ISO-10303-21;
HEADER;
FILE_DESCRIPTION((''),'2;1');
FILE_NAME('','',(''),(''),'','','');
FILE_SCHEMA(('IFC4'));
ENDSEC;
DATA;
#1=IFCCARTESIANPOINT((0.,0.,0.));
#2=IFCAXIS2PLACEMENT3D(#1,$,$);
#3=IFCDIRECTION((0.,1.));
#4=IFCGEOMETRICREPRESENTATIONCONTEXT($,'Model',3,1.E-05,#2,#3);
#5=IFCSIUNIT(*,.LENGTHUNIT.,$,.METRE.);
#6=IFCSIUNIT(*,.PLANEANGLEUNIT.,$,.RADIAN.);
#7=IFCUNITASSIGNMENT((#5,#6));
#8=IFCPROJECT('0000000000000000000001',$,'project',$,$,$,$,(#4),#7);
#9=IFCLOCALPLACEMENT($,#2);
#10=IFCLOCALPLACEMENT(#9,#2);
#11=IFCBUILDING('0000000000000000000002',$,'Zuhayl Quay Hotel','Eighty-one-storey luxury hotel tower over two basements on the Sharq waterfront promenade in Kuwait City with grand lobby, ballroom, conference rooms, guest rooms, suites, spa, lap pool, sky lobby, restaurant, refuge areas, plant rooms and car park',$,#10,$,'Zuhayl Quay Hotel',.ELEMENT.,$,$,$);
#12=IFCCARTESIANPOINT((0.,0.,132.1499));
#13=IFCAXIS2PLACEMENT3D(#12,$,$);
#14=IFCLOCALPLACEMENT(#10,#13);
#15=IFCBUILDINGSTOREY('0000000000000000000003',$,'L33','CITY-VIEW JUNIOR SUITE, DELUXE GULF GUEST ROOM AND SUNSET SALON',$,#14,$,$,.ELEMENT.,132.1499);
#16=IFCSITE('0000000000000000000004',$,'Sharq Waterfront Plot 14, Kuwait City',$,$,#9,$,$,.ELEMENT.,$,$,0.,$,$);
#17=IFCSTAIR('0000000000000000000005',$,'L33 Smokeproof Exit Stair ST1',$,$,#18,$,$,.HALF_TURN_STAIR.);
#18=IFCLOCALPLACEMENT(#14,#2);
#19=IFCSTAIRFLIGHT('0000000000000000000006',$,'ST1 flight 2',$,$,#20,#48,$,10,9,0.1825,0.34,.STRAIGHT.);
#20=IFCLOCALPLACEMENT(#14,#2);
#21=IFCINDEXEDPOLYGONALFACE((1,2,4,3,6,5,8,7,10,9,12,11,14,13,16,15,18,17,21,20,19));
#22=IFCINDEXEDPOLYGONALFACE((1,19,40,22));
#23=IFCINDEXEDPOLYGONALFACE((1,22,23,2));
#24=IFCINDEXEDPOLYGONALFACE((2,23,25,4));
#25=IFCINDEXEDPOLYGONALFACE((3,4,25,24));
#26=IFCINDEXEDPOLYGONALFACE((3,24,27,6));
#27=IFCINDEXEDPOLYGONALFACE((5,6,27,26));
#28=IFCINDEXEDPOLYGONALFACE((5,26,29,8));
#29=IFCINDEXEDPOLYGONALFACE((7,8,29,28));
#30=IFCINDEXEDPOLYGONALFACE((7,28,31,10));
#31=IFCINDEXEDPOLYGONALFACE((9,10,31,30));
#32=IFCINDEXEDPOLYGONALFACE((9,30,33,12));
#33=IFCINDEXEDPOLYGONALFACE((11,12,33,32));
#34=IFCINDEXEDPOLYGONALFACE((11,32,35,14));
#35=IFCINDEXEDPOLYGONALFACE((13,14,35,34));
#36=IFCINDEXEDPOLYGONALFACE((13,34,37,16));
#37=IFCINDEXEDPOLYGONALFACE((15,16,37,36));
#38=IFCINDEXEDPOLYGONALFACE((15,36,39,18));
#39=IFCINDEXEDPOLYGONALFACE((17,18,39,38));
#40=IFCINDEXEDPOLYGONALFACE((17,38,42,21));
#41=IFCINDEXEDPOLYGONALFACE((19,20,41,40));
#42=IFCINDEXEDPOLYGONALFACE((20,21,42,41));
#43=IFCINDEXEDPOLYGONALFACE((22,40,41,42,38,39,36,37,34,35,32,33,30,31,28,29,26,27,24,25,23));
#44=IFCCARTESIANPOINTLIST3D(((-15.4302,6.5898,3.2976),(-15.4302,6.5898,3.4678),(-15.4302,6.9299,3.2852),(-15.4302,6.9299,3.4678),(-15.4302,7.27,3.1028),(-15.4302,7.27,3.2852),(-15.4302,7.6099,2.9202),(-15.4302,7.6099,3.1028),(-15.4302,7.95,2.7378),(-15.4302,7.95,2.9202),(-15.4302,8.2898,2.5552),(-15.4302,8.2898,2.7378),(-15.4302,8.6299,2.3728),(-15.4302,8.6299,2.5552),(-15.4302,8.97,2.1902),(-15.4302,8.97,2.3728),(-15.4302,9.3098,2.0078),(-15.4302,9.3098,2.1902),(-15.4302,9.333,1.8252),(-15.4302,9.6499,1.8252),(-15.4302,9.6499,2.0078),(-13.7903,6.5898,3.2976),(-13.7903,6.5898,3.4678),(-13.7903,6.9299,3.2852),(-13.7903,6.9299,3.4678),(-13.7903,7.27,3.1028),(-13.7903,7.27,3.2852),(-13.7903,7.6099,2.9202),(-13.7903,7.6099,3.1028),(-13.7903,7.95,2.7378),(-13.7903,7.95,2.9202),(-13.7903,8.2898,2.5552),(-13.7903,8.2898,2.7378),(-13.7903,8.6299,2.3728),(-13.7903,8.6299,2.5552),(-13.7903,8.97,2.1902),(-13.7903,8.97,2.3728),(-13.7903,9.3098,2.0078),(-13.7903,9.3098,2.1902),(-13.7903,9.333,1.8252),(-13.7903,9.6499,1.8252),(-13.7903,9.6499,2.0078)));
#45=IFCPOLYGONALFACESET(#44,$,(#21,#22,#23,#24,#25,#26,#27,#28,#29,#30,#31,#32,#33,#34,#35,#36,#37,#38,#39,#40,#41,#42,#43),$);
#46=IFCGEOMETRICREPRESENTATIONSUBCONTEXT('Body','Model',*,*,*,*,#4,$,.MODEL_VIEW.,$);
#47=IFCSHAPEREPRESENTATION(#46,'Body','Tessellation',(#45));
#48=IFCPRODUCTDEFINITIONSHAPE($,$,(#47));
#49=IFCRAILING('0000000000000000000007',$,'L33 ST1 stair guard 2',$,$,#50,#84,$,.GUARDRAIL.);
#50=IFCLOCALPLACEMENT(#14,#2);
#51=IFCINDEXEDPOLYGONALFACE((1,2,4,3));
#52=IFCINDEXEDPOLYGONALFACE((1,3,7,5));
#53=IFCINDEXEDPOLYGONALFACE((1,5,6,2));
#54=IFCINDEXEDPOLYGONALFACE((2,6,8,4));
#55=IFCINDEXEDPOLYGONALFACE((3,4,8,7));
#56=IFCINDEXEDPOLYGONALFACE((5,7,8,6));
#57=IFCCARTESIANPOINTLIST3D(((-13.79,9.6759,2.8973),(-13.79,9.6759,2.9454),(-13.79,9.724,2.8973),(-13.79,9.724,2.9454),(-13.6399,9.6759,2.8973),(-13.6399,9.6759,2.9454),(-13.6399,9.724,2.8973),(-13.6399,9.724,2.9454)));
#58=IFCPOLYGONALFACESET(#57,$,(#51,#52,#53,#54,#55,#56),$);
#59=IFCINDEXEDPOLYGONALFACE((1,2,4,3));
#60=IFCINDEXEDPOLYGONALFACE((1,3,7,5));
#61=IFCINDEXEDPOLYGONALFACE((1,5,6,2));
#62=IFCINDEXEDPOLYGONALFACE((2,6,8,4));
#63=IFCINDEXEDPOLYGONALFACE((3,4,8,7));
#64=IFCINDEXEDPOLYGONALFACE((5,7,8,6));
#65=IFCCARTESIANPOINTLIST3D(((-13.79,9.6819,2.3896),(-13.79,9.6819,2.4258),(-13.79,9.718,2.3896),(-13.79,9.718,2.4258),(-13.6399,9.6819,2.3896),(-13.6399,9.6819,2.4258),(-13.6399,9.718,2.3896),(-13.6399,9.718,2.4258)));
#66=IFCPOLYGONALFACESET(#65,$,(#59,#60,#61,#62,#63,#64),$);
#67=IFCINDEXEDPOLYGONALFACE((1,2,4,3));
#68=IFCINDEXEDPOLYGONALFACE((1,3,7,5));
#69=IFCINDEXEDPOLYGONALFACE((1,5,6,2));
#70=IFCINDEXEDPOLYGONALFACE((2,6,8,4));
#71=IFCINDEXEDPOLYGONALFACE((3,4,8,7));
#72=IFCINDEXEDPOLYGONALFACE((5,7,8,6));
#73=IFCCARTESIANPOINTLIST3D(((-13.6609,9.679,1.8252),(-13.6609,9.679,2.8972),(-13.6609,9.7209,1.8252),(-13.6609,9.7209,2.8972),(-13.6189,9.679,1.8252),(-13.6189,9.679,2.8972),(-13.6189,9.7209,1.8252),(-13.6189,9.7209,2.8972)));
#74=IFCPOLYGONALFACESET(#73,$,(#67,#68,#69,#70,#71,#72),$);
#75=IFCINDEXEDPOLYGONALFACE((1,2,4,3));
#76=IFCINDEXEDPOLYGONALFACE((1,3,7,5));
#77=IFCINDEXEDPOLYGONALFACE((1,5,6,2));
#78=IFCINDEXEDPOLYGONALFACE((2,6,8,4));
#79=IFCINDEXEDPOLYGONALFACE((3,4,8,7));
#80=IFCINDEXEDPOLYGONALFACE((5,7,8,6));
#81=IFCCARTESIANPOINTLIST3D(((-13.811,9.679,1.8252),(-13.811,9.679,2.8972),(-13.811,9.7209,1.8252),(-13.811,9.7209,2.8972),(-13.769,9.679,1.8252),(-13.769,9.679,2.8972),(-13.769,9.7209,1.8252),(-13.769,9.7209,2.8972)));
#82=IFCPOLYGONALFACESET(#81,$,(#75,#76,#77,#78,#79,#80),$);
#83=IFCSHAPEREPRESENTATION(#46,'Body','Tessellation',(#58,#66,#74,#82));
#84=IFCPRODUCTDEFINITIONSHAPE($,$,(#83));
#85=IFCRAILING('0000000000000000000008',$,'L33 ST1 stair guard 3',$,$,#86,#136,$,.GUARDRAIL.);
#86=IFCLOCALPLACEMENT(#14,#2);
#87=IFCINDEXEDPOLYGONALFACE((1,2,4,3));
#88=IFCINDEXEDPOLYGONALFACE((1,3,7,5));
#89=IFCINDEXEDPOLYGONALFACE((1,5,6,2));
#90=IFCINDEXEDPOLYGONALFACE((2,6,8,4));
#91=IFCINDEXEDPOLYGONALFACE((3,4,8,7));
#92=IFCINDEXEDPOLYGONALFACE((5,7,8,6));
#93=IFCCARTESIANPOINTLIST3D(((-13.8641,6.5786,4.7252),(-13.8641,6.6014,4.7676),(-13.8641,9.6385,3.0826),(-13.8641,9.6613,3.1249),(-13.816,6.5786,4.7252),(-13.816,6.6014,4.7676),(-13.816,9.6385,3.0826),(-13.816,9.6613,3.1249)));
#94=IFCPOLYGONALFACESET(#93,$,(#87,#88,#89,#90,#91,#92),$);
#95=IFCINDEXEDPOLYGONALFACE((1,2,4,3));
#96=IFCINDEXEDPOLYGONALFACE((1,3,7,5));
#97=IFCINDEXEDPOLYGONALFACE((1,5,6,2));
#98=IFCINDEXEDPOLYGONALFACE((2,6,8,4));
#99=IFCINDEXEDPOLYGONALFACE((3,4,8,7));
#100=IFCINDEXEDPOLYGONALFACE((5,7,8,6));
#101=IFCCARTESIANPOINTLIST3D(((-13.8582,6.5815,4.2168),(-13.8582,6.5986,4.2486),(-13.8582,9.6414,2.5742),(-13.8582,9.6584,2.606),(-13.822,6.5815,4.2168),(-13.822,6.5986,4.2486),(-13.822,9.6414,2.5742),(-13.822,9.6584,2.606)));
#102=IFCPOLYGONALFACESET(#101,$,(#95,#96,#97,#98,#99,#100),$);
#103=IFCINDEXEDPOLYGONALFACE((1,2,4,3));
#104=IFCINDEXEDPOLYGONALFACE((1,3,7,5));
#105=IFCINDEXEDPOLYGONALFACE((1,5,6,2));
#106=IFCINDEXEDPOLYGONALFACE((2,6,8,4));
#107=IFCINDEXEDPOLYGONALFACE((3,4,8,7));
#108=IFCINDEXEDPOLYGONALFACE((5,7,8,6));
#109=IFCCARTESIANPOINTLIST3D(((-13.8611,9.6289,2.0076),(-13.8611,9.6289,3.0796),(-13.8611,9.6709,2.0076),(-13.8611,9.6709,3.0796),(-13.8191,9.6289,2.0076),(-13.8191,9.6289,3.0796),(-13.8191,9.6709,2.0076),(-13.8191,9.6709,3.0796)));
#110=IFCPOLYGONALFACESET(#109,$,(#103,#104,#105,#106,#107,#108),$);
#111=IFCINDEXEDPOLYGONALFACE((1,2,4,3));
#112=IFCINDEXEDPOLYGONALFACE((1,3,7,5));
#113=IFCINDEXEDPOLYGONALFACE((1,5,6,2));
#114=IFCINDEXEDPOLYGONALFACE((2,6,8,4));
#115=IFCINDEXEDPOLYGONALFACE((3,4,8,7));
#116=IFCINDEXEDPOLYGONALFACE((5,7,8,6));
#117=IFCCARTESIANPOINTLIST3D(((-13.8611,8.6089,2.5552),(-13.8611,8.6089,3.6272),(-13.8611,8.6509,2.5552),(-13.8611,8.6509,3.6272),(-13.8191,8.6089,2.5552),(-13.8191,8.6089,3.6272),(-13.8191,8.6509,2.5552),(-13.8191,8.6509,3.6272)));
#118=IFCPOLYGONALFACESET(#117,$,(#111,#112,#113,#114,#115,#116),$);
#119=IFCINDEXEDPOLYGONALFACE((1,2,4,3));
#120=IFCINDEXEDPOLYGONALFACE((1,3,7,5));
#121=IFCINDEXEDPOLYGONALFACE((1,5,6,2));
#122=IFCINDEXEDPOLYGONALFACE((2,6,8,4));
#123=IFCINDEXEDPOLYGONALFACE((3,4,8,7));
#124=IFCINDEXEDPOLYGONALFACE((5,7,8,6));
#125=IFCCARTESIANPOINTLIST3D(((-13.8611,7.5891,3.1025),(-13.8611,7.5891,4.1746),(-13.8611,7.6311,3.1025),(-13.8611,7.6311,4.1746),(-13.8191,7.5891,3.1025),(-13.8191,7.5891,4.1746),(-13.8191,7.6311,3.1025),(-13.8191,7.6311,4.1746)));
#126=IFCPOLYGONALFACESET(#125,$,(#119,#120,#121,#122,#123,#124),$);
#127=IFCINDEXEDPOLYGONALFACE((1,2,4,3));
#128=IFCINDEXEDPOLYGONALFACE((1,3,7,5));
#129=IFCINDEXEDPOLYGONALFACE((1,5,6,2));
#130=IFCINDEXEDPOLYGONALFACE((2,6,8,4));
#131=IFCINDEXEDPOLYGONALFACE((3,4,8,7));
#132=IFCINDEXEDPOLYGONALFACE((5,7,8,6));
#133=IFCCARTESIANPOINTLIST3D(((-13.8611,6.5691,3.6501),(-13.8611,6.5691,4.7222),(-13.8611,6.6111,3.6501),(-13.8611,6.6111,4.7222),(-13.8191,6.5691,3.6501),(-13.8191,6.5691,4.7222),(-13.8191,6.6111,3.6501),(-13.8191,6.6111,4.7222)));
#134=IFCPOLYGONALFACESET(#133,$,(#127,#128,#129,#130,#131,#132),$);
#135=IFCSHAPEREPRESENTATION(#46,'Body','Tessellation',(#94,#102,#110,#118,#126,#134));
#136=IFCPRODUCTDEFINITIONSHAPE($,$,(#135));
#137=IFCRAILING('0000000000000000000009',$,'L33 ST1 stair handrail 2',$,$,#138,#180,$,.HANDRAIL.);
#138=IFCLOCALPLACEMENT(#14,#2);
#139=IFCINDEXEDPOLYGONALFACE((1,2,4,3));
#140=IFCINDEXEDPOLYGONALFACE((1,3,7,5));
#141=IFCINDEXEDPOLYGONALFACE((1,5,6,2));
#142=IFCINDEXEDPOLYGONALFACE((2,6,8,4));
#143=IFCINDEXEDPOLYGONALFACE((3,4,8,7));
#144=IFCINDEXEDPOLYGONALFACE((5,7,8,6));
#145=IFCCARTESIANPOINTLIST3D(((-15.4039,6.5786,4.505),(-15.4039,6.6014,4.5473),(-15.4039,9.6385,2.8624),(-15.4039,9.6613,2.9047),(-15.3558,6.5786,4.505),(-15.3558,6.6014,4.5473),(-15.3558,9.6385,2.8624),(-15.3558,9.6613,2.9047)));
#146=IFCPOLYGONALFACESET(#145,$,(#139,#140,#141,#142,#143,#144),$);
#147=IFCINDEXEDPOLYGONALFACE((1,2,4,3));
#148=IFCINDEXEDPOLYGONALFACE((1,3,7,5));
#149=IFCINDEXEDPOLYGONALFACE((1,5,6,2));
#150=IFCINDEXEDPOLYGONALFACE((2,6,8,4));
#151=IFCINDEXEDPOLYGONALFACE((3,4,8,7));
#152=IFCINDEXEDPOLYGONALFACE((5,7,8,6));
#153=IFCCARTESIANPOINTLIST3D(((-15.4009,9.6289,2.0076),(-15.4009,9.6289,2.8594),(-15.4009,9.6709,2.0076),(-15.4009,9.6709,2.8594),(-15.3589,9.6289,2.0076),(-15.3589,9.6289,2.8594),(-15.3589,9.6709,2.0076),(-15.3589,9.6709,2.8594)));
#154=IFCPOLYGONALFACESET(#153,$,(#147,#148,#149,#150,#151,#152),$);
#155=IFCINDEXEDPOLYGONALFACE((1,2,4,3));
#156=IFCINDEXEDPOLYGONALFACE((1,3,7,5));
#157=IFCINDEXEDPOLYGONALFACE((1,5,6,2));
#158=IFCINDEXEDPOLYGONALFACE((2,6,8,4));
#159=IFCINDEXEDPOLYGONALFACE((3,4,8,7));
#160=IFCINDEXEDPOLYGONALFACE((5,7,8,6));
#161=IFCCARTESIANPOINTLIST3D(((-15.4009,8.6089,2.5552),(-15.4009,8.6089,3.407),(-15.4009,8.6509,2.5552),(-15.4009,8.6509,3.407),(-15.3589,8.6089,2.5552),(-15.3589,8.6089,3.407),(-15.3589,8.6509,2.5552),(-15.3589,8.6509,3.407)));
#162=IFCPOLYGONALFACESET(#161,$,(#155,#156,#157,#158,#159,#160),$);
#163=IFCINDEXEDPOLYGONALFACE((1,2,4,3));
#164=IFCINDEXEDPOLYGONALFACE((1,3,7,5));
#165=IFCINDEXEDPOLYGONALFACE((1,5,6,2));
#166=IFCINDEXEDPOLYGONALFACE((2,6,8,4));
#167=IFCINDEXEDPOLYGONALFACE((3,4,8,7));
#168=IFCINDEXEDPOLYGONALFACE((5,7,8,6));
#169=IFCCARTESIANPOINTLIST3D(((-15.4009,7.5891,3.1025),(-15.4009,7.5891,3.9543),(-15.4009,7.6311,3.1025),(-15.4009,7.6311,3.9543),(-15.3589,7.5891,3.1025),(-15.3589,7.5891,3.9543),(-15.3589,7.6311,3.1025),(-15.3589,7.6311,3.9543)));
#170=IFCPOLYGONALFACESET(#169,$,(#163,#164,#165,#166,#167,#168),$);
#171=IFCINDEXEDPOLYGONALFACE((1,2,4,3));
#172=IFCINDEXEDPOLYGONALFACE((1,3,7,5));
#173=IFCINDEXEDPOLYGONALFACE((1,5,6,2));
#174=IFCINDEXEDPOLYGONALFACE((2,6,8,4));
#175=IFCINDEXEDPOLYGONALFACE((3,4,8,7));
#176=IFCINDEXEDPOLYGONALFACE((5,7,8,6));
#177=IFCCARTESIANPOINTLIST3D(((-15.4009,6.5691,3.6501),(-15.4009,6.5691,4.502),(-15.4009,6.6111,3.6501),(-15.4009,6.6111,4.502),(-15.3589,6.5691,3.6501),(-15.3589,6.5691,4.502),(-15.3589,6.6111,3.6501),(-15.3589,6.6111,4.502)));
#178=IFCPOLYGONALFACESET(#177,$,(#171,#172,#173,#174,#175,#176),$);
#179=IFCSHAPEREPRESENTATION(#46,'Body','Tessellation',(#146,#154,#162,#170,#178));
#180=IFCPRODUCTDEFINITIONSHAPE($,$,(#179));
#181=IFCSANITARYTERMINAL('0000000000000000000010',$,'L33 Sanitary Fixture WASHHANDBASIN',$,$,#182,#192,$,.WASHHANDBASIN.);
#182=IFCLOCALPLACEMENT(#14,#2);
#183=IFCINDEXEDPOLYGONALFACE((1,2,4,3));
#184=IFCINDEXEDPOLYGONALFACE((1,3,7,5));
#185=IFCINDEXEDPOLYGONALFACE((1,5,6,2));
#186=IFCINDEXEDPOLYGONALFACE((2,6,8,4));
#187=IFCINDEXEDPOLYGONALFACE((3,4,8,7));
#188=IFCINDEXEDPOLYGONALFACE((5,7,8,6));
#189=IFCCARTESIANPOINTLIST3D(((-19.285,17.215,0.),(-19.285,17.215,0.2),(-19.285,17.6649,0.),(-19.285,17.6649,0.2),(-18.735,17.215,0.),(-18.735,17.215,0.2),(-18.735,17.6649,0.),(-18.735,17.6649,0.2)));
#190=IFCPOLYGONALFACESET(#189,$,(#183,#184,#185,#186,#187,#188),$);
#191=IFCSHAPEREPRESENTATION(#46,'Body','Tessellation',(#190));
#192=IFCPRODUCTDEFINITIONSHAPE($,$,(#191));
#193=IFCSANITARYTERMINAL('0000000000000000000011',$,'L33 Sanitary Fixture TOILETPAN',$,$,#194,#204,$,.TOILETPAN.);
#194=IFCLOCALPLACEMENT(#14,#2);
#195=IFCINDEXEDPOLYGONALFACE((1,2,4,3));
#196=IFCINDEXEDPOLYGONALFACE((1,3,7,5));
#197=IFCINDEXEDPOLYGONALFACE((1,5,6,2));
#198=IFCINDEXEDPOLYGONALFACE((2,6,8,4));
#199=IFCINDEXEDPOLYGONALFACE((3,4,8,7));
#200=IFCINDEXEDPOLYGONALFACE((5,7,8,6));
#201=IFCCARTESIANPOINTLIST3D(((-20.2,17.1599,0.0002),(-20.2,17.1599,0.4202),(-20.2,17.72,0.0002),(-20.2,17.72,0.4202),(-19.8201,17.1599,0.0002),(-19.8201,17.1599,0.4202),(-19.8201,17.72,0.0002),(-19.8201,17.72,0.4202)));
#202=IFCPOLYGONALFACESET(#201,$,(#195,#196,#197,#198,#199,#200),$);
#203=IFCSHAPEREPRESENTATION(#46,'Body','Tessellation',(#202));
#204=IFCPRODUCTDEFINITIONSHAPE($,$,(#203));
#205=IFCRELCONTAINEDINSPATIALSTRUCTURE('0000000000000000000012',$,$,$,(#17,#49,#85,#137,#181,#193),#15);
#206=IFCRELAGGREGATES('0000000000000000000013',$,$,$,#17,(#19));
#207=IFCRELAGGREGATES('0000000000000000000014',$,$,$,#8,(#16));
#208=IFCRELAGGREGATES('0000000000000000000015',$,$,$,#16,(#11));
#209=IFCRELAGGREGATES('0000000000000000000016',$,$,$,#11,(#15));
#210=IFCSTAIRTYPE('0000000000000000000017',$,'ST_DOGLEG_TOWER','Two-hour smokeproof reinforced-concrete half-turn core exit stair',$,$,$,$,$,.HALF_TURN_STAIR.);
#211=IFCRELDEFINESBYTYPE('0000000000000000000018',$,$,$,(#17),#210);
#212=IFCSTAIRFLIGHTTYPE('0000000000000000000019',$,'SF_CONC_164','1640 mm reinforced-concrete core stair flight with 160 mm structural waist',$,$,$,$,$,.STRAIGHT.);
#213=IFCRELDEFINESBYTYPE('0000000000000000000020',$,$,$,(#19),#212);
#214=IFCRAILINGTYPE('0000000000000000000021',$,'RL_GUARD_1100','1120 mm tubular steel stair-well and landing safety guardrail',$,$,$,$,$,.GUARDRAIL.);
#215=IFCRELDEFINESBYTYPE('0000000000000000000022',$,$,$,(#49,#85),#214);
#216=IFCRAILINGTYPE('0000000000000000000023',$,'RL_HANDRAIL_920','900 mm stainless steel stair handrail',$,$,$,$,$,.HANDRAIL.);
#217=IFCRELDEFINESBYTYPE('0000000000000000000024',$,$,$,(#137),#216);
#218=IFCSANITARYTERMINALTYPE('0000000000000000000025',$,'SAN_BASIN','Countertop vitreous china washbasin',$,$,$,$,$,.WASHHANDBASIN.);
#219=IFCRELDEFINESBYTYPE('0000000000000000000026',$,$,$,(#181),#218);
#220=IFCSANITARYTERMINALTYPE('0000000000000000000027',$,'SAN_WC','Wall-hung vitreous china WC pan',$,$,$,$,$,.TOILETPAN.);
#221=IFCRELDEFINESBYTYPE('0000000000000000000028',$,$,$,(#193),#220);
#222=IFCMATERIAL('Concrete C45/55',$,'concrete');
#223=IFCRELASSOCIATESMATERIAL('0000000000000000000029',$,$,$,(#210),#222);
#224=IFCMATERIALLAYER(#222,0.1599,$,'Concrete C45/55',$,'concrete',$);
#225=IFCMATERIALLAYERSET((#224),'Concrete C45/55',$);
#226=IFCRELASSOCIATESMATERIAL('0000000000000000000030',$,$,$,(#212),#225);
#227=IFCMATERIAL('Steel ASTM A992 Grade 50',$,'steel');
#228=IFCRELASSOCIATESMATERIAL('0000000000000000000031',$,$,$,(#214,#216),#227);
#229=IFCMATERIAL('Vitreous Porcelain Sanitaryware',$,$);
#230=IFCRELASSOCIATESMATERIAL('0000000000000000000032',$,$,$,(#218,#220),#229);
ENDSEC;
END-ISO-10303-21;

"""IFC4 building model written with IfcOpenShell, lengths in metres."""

from ifc_helpers import new_model, si_unit, direction, frame, origin, origin_2d, place, context, subcontext, project, spatial, polyline, rectangle, outline, extrude, material, layer, layer_set, type_object, element, aggregate, save


model = new_model("IFC4")

# Units and contexts
model_context = context("Model", 3, precision=1e-05, world=origin(), true_north=direction((0.0, 1.0)))
body_context = subcontext(model_context, "Body", "Model", "MODEL_VIEW")
ifc_project = project(units=[si_unit("LENGTHUNIT", "METRE"), si_unit("PLANEANGLEUNIT", "RADIAN")], contexts=[model_context])

# Site, building, storey
site_placement = place(None, origin())
site = spatial("IfcSite", under=ifc_project, at=site_placement, Name="Sharq Waterfront Plot 14, Kuwait City", CompositionType="ELEMENT", RefElevation=0.0)
building_placement = place(site_placement, origin())
building = spatial("IfcBuilding", under=site, at=building_placement, Name="Zuhayl Quay Hotel", Description="Eighty-one-storey luxury hotel tower over two basements on the Sharq waterfront promenade in Kuwait City with grand lobby, ballroom, conference rooms, guest rooms, suites, spa, lap pool, sky lobby, restaurant, refuge areas, plant rooms and car park", LongName="Zuhayl Quay Hotel", CompositionType="ELEMENT")
storey_placement = place(building_placement, frame((0.0, 0.0, 132.1499)))
storey = spatial("IfcBuildingStorey", under=building, at=storey_placement, Name="L33", Description="CITY-VIEW JUNIOR SUITE, DELUXE GULF GUEST ROOM AND SUNSET SALON", CompositionType="ELEMENT", Elevation=132.1499)

# Shared definitions
ifc_material_1 = material(Name="Steel ASTM A992 Grade 50", Category="steel")

# Stair, stair flight
ifc_material_2 = material(Name="Concrete C45/55", Category="concrete")
stair_type = type_object("IfcStairType", Name="ST_DOGLEG_TOWER", Description="Two-hour smokeproof reinforced-concrete half-turn core exit stair", PredefinedType="HALF_TURN_STAIR", material=ifc_material_2)
stair_placement = place(storey_placement, origin())
stair = element("IfcStair", 1, at=stair_placement, inside=storey, type_object=stair_type, Name="L33 Smokeproof Exit Stair ST1", PredefinedType="HALF_TURN_STAIR")
ifc_layer_1 = layer(ifc_material_2, 0.1599, Name="Concrete C45/55", Category="concrete")
ifc_layer_set_1 = layer_set([ifc_layer_1], Name="Concrete C45/55")
stair_flight_type = type_object("IfcStairFlightType", Name="SF_CONC_164", Description="1640 mm reinforced-concrete core stair flight with 160 mm structural waist", PredefinedType="STRAIGHT", material=ifc_layer_set_1)
stair_flight_placement = place(storey_placement, frame((-14.6101, 9.6499, 1.8252), z_axis=(0.0, 0.0, 1.0), x_axis=(0.0, -1.0, 0.0)))
stair_flight = element("IfcStairFlight", 2, at=stair_flight_placement, type_object=stair_flight_type, Name="ST1 flight 2", NumberOfRisers=10, NumberOfTreads=9, PredefinedType="STRAIGHT", RiserHeight=0.1825, TreadLength=0.34, context=body_context, shape_type="SweptSolid", body=[
    extrude(outline(polyline([(0.0, 0.0), (0.0, 0.1826), (0.3401, 0.1826), (0.3401, 0.365), (0.6799, 0.365), (0.6799, 0.5476), (1.02, 0.5476), (1.02, 0.73), (1.3601, 0.73), (1.3601, 0.9126), (1.7, 0.9126), (1.7, 1.095), (2.04, 1.095), (2.04, 1.2776), (2.3799, 1.2776), (2.3799, 1.46), (2.72, 1.46), (2.72, 1.6426), (3.0601, 1.6426), (3.0601, 1.825), (3.0601, 1.4724), (0.3169, 0.0), (0.0, 0.0)])), frame((0.0, 0.8198, 0.0), z_axis=(0.0, -1.0, 0.0), x_axis=(1.0, 0.0, 0.0)), (0.0, 0.0, 1.0), 1.6399),
])
aggregate(stair, [stair_flight])

# Railings
railing_type_1 = type_object("IfcRailingType", Name="RL_GUARD_1100", Description="1120 mm tubular steel stair-well and landing safety guardrail", PredefinedType="GUARDRAIL", material=ifc_material_1)
railing_1_placement = place(storey_placement, frame((-13.6399, 9.7, 1.8252)))
element("IfcRailing", 3, at=railing_1_placement, inside=storey, type_object=railing_type_1, Name="L33 ST1 stair guard 2", PredefinedType="GUARDRAIL", context=body_context, shape_type="SweptSolid", body=[
    extrude(rectangle(XDim=0.0481, YDim=0.0481, at=origin_2d()), frame((0.0, 0.0, 1.0962), z_axis=(-1.0, 0.0, 0.0), x_axis=(0.0, -1.0, 0.0)), (0.0, 0.0, 1.0), 0.1501),
    extrude(rectangle(XDim=0.0361, YDim=0.0361, at=origin_2d()), frame((0.0, 0.0, 0.5825), z_axis=(-1.0, 0.0, 0.0), x_axis=(0.0, -1.0, 0.0)), (0.0, 0.0, 1.0), 0.1501),
    extrude(rectangle(XDim=0.042, YDim=0.042, at=origin_2d()), origin(), (0.0, 0.0, 1.0), 1.072),
    extrude(rectangle(XDim=0.042, YDim=0.042, at=origin_2d()), frame((-0.1501, 0.0, 0.0)), (0.0, 0.0, 1.0), 1.072),
])
railing_2_placement = place(storey_placement, frame((-13.8401, 9.6499, 2.0076)))
element("IfcRailing", 4, at=railing_2_placement, inside=storey, type_object=railing_type_1, Name="L33 ST1 stair guard 3", PredefinedType="GUARDRAIL", context=body_context, shape_type="SweptSolid", body=[
    extrude(rectangle(XDim=0.0481, YDim=0.0481, at=origin_2d()), frame((0.0, 0.0, 1.0962), z_axis=(0.0, -0.881073, 0.47298), x_axis=(1.0, 0.0, 0.0)), (0.0, 0.0, 1.0), 3.4729),
    extrude(rectangle(XDim=0.0361, YDim=0.0361, at=origin_2d()), frame((0.0, 0.0, 0.5825), z_axis=(0.0, -0.881073, 0.47298), x_axis=(1.0, 0.0, 0.0)), (0.0, 0.0, 1.0), 3.4729),
    extrude(rectangle(XDim=0.042, YDim=0.042, at=origin_2d()), origin(), (0.0, 0.0, 1.0), 1.072),
    extrude(rectangle(XDim=0.042, YDim=0.042, at=origin_2d()), frame((0.0, -1.02, 0.5476)), (0.0, 0.0, 1.0), 1.072),
    extrude(rectangle(XDim=0.042, YDim=0.042, at=origin_2d()), frame((0.0, -2.0398, 1.095)), (0.0, 0.0, 1.0), 1.072),
    extrude(rectangle(XDim=0.042, YDim=0.042, at=origin_2d()), frame((0.0, -3.0598, 1.6426)), (0.0, 0.0, 1.0), 1.072),
])
railing_type_2 = type_object("IfcRailingType", Name="RL_HANDRAIL_920", Description="900 mm stainless steel stair handrail", PredefinedType="HANDRAIL", material=ifc_material_1)
railing_3_placement = place(storey_placement, frame((-15.3799, 9.6499, 2.0076)))
element("IfcRailing", 5, at=railing_3_placement, inside=storey, type_object=railing_type_2, Name="L33 ST1 stair handrail 2", PredefinedType="HANDRAIL", context=body_context, shape_type="SweptSolid", body=[
    extrude(rectangle(XDim=0.0481, YDim=0.0481, at=origin_2d()), frame((0.0, 0.0, 0.876), z_axis=(0.0, -0.881073, 0.47298), x_axis=(1.0, 0.0, 0.0)), (0.0, 0.0, 1.0), 3.4729),
    extrude(rectangle(XDim=0.042, YDim=0.042, at=origin_2d()), origin(), (0.0, 0.0, 1.0), 0.8518),
    extrude(rectangle(XDim=0.042, YDim=0.042, at=origin_2d()), frame((0.0, -1.02, 0.5476)), (0.0, 0.0, 1.0), 0.8518),
    extrude(rectangle(XDim=0.042, YDim=0.042, at=origin_2d()), frame((0.0, -2.0398, 1.095)), (0.0, 0.0, 1.0), 0.8518),
    extrude(rectangle(XDim=0.042, YDim=0.042, at=origin_2d()), frame((0.0, -3.0598, 1.6426)), (0.0, 0.0, 1.0), 0.8518),
])

# Sanitary terminals
ifc_material_3 = material(Name="Vitreous Porcelain Sanitaryware")
sanitary_terminal_type_1 = type_object("IfcSanitaryTerminalType", Name="SAN_BASIN", Description="Countertop vitreous china washbasin", PredefinedType="WASHHANDBASIN", material=ifc_material_3)
sanitary_terminal_1_placement = place(storey_placement, frame((-19.01, 17.4399, 0.0), z_axis=(0.0, 0.0, 1.0), x_axis=(1.0, 0.0, 0.0)))
element("IfcSanitaryTerminal", 6, at=sanitary_terminal_1_placement, inside=storey, type_object=sanitary_terminal_type_1, Name="L33 Sanitary Fixture WASHHANDBASIN", PredefinedType="WASHHANDBASIN", context=body_context, shape_type="SweptSolid", body=[
    extrude(rectangle(XDim=0.55, YDim=0.45, at=origin_2d()), origin(), (0.0, 0.0, 1.0), 0.2),
])
sanitary_terminal_type_2 = type_object("IfcSanitaryTerminalType", Name="SAN_WC", Description="Wall-hung vitreous china WC pan", PredefinedType="TOILETPAN", material=ifc_material_3)
sanitary_terminal_2_placement = place(storey_placement, frame((-20.01, 17.4399, 0.0002), z_axis=(0.0, 0.0, 1.0), x_axis=(1.0, 0.0, 0.0)))
element("IfcSanitaryTerminal", 7, at=sanitary_terminal_2_placement, inside=storey, type_object=sanitary_terminal_type_2, Name="L33 Sanitary Fixture TOILETPAN", PredefinedType="TOILETPAN", context=body_context, shape_type="SweptSolid", body=[
    extrude(rectangle(XDim=0.3799, YDim=0.5601, at=origin_2d()), origin(), (0.0, 0.0, 1.0), 0.4199),
])

save(model, "model.ifc")
